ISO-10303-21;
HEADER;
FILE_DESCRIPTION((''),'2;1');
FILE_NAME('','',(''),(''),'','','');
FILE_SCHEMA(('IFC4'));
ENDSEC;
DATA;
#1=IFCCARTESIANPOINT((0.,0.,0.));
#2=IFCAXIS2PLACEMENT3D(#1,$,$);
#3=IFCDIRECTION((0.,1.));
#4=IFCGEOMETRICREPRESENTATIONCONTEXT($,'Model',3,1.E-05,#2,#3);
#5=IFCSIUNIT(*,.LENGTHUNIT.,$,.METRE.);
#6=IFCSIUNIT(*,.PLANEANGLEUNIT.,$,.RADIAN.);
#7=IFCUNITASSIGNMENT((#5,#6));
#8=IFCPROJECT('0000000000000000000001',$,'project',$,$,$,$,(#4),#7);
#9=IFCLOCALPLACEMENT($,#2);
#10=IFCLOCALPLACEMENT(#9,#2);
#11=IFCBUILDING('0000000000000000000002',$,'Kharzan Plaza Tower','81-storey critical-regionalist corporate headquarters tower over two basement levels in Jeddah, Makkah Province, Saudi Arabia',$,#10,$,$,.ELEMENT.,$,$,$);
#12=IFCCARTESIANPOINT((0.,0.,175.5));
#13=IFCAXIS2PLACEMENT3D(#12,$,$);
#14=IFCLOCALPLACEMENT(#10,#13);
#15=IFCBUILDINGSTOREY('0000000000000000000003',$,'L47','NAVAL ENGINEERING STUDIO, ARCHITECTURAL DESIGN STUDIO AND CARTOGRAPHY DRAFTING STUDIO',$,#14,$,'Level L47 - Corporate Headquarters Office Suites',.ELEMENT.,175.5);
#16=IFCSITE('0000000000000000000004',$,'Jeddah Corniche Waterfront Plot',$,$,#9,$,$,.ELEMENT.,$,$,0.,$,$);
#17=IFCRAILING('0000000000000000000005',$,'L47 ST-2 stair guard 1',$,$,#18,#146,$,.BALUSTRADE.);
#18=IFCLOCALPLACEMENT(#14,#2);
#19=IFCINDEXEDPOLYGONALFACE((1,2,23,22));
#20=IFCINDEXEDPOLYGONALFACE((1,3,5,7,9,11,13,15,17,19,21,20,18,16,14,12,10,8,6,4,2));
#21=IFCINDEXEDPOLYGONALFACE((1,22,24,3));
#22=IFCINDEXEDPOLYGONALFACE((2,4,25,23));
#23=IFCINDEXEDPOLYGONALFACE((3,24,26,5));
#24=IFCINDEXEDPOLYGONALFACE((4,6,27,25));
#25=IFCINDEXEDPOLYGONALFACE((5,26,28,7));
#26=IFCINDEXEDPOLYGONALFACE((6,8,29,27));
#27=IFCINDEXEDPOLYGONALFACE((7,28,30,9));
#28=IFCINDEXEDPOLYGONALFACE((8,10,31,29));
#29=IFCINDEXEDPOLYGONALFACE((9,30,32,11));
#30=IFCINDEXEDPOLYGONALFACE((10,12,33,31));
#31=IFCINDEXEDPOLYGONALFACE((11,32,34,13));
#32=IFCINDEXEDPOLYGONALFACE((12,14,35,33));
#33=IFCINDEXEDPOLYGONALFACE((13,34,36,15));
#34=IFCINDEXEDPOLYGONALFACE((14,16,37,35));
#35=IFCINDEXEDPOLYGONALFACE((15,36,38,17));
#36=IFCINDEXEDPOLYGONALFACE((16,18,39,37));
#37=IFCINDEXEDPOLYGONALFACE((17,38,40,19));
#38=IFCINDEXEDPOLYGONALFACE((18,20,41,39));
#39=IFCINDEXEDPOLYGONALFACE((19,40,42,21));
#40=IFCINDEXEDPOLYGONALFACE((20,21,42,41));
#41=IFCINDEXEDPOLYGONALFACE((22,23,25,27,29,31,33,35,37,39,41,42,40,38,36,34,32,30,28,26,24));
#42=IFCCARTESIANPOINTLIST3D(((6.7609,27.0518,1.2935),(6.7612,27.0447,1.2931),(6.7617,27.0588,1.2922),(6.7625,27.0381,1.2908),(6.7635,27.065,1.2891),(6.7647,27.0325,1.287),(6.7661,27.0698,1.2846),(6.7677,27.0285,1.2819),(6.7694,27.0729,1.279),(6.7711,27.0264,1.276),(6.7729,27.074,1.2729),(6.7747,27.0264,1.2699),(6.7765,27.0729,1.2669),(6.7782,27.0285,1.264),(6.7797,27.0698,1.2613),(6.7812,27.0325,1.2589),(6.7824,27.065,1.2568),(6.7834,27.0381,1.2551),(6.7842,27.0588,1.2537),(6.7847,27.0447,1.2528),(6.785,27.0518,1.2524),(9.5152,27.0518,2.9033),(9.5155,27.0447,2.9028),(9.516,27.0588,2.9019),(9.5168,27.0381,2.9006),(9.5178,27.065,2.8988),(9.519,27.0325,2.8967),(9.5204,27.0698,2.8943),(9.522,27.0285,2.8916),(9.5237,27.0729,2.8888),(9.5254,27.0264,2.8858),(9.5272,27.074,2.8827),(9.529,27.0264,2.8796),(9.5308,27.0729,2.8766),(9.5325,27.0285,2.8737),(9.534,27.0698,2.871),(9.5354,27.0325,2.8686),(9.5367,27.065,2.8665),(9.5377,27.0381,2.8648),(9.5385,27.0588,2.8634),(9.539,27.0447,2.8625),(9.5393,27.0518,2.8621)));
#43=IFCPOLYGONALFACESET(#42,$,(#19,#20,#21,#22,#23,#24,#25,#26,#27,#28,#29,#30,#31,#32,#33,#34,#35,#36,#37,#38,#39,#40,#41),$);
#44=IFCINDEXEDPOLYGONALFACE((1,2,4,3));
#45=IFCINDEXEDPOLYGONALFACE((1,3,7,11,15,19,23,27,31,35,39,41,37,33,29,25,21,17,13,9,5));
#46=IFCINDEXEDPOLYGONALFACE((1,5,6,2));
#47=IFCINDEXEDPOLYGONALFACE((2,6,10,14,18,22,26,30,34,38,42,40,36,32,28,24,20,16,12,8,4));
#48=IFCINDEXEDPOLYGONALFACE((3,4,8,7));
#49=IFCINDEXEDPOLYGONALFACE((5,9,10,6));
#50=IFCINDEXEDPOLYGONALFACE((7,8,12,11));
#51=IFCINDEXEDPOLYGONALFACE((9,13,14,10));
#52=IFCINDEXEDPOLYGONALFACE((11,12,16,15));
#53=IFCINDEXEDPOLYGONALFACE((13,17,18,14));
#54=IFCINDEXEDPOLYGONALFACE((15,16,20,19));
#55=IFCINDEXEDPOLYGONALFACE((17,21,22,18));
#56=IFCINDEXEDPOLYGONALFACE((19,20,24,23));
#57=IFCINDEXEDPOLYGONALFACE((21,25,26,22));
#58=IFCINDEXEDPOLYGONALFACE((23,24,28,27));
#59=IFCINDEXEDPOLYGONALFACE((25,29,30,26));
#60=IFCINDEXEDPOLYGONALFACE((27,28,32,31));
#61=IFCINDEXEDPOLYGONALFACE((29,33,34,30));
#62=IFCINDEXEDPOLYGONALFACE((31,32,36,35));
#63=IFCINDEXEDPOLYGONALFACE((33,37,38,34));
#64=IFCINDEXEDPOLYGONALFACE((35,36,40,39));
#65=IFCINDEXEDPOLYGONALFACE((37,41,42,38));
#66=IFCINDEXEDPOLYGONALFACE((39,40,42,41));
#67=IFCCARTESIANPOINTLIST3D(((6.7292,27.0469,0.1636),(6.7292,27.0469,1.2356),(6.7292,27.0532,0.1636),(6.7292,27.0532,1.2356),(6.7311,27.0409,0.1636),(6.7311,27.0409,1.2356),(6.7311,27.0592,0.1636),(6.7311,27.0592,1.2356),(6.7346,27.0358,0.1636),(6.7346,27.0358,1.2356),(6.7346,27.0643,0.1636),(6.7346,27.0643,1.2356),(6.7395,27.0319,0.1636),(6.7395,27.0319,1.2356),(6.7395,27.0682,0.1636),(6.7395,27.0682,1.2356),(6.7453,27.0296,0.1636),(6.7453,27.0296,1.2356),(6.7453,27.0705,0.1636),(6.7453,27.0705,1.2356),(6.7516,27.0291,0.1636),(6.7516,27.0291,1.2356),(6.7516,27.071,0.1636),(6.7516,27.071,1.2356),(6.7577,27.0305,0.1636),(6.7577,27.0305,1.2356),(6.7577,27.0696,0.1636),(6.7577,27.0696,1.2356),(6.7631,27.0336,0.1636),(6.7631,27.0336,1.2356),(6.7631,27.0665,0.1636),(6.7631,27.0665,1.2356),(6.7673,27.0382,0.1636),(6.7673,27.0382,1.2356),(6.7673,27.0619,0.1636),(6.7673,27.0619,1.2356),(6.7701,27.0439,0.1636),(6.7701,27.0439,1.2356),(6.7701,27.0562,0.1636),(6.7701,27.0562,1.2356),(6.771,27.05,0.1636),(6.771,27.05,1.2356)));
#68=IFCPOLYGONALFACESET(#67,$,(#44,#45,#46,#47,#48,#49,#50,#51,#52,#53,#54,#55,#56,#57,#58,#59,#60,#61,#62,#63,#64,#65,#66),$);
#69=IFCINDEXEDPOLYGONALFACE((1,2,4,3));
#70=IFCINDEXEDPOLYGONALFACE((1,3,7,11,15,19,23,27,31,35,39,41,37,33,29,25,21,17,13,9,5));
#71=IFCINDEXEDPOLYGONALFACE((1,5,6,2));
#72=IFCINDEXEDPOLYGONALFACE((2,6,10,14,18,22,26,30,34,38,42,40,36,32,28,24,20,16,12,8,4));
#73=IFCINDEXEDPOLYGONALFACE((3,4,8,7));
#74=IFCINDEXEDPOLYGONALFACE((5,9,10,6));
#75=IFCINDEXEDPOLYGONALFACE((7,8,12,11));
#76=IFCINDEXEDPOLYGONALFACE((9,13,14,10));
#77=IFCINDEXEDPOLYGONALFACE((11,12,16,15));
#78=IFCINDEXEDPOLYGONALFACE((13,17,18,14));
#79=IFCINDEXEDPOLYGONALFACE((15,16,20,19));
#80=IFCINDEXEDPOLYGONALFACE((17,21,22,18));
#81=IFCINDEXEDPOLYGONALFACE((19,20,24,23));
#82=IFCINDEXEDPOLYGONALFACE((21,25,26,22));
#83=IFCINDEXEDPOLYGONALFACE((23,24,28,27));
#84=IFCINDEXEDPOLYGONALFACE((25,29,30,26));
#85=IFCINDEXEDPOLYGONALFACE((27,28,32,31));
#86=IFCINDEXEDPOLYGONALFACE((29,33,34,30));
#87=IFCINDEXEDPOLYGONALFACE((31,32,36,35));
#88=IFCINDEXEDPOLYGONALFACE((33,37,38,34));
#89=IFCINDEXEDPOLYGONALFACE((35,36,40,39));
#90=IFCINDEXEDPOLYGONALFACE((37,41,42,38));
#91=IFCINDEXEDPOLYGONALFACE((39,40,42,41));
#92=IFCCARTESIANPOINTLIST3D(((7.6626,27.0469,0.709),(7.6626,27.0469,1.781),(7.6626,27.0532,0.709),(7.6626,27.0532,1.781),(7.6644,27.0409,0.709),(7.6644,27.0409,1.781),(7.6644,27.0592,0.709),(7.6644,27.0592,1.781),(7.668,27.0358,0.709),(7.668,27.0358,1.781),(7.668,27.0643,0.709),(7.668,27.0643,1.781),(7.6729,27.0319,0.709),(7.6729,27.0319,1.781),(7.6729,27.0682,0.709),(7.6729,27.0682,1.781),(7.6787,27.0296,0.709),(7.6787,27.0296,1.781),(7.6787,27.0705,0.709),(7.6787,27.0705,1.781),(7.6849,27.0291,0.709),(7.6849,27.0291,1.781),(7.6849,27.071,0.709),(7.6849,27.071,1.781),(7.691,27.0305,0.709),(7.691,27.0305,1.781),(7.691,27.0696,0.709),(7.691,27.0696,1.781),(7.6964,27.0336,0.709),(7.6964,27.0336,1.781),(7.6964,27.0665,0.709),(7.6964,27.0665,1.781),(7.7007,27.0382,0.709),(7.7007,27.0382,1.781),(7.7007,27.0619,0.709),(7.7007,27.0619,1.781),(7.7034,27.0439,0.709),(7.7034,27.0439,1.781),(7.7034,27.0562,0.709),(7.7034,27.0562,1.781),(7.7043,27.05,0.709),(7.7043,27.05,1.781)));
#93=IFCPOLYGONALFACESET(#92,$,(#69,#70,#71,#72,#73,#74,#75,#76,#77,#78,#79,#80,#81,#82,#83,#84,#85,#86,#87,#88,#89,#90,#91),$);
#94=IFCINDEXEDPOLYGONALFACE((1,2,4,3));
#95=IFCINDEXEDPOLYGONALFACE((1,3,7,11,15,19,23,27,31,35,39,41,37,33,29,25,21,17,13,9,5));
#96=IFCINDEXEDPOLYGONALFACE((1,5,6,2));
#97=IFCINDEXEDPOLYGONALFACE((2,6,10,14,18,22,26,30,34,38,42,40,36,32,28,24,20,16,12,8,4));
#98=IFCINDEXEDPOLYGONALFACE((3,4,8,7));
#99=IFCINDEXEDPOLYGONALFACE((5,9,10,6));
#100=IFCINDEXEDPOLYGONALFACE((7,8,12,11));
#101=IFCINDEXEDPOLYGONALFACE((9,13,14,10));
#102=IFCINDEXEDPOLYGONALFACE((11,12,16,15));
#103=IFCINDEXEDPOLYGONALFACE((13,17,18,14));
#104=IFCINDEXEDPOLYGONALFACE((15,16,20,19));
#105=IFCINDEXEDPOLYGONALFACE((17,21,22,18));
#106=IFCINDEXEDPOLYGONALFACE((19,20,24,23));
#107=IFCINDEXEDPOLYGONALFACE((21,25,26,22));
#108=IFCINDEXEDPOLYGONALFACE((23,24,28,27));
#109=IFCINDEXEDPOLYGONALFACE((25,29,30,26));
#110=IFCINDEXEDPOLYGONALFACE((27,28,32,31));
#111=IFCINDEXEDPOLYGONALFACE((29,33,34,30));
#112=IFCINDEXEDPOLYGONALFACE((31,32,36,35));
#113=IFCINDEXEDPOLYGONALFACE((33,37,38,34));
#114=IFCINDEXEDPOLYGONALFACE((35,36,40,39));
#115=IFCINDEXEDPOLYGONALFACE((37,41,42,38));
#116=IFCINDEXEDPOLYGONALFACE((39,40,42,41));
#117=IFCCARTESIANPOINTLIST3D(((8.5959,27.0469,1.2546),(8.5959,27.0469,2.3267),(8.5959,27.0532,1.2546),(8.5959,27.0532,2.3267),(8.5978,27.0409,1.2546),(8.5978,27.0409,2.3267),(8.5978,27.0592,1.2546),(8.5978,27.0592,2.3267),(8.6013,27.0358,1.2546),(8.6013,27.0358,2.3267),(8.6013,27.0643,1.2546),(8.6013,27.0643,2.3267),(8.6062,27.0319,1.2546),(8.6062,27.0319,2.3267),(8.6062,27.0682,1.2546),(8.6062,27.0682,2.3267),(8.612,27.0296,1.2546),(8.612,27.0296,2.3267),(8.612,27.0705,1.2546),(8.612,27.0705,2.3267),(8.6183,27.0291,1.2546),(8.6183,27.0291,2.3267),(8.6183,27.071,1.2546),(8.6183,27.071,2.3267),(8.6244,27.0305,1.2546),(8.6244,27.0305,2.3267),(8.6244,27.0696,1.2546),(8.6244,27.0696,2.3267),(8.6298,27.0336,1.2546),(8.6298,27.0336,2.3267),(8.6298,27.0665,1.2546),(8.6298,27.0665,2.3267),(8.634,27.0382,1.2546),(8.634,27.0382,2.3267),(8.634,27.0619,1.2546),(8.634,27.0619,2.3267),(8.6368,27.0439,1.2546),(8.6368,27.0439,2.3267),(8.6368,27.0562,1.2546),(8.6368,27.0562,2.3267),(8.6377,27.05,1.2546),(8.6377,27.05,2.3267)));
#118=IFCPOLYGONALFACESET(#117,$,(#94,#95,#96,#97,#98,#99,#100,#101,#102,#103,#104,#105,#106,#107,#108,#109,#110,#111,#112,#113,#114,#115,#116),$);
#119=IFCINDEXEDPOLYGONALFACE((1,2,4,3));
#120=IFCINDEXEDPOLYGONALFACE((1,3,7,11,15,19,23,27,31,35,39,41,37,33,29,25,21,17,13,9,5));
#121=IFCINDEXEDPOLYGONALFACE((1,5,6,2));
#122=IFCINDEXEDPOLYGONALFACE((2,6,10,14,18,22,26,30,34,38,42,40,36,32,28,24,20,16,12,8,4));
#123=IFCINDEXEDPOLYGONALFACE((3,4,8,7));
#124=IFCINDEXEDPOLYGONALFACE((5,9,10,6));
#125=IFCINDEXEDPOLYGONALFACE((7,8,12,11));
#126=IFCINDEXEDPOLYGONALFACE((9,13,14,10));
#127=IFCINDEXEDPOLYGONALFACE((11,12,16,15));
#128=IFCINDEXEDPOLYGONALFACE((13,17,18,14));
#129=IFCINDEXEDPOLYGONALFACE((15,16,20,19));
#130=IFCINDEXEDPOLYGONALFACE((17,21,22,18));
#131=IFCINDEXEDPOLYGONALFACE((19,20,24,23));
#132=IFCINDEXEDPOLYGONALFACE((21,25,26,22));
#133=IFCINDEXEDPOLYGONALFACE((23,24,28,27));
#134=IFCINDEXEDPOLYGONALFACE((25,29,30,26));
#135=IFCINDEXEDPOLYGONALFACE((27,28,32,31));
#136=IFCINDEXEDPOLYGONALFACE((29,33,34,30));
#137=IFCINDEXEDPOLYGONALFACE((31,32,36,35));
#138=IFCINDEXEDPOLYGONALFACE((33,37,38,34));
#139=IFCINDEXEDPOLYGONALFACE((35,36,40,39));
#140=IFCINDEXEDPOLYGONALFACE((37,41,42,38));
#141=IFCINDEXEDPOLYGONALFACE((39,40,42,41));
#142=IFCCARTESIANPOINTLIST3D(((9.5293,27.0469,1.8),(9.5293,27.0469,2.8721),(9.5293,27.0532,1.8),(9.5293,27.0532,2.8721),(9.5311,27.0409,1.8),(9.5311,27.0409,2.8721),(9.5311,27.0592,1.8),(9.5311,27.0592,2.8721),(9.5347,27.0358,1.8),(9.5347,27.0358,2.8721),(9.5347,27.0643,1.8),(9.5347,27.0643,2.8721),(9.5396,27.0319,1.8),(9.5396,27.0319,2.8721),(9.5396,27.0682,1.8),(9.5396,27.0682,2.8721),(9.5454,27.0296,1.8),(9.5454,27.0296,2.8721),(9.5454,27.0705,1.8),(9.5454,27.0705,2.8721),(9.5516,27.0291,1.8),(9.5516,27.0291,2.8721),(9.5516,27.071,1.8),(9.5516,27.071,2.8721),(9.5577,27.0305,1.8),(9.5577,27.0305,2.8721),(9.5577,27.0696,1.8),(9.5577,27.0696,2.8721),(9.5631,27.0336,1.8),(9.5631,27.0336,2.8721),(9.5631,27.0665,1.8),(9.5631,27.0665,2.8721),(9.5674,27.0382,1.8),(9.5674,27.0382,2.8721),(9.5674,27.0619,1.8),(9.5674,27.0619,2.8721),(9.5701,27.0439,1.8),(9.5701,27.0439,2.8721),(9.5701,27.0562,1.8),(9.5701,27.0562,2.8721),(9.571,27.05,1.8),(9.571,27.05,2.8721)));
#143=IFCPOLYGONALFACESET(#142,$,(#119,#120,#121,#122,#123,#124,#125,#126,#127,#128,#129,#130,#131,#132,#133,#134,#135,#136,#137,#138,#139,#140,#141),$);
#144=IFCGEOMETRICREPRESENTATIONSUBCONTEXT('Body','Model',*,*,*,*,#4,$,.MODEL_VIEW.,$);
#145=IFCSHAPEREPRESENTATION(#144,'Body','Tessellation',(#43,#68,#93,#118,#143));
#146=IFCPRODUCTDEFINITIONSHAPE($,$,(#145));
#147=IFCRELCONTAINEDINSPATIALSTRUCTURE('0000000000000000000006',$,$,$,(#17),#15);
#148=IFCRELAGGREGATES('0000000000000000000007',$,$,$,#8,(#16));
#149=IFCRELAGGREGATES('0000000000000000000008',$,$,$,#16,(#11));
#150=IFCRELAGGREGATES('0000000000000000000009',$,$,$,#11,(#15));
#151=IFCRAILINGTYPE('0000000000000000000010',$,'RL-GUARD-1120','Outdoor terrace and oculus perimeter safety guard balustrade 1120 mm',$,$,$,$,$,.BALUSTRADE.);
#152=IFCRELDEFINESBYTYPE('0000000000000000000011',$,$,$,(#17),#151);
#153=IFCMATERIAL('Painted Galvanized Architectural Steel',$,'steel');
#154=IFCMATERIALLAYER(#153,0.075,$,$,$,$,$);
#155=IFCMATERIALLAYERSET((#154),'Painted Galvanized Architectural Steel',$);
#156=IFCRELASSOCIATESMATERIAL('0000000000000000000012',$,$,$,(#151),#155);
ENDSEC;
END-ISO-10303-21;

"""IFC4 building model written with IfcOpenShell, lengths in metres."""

from ifc_helpers import new_model, si_unit, direction, frame, origin, origin_2d, place, context, subcontext, project, spatial, circle, extrude, source, transform, mapped, material, layer, layer_set, type_object, element, save


model = new_model("IFC4")

# Units and contexts
model_context = context("Model", 3, precision=1e-05, world=origin(), true_north=direction((0.0, 1.0)))
body_context = subcontext(model_context, "Body", "Model", "MODEL_VIEW")
ifc_project = project(units=[si_unit("LENGTHUNIT", "METRE"), si_unit("PLANEANGLEUNIT", "RADIAN")], contexts=[model_context])

# Site, building, storey
site_placement = place(None, origin())
site = spatial("IfcSite", under=ifc_project, at=site_placement, Name="Jeddah Corniche Waterfront Plot", CompositionType="ELEMENT", RefElevation=0.0)
building_placement = place(site_placement, origin())
building = spatial("IfcBuilding", under=site, at=building_placement, Name="Kharzan Plaza Tower", Description="81-storey critical-regionalist corporate headquarters tower over two basement levels in Jeddah, Makkah Province, Saudi Arabia", CompositionType="ELEMENT")
storey_placement = place(building_placement, frame((0.0, 0.0, 175.5)))
storey = spatial("IfcBuildingStorey", under=building, at=storey_placement, Name="L47", Description="NAVAL ENGINEERING STUDIO, ARCHITECTURAL DESIGN STUDIO AND CARTOGRAPHY DRAFTING STUDIO", LongName="Level L47 - Corporate Headquarters Office Suites", CompositionType="ELEMENT", Elevation=175.5)

# Railing
ifc_material_1 = material(Name="Painted Galvanized Architectural Steel", Category="steel")
ifc_layer_1 = layer(ifc_material_1, 0.075)
ifc_layer_set_1 = layer_set([ifc_layer_1], Name="Painted Galvanized Architectural Steel")
railing_type_1 = type_object("IfcRailingType", Name="RL-GUARD-1120", Description="Outdoor terrace and oculus perimeter safety guard balustrade 1120 mm", PredefinedType="BALUSTRADE", material=ifc_layer_set_1)
shared_shape_1 = source(origin(), body_context, "Body", "SweptSolid", [
    extrude(circle(Radius=0.0239, at=origin_2d()), frame((0.0229, 0.0, 1.1094), z_axis=(0.863361, 0.0, 0.504587), x_axis=(0.0, 1.0, 0.0)), (0.0, 0.0, 1.0), 3.1902),
    extrude(circle(Radius=0.021, at=origin_2d()), origin(), (0.0, 0.0, 1.0), 1.072),
    extrude(circle(Radius=0.021, at=origin_2d()), frame((0.9333, 0.0, 0.5454)), (0.0, 0.0, 1.0), 1.072),
    extrude(circle(Radius=0.021, at=origin_2d()), frame((1.8667, 0.0, 1.0911)), (0.0, 0.0, 1.0), 1.072),
    extrude(circle(Radius=0.021, at=origin_2d()), frame((2.8, 0.0, 1.6365)), (0.0, 0.0, 1.0), 1.072),
])
railing_1_placement = place(storey_placement, frame((6.75, 27.05, 0.1636)))
element("IfcRailing", 1, at=railing_1_placement, inside=storey, type_object=railing_type_1, Name="L47 ST-2 stair guard 1", PredefinedType="BALUSTRADE", context=body_context, shape_type="MappedRepresentation", body=[
    mapped(shared_shape_1, transform((0.0, 0.0, 0.0), x_axis=(1.0, 0.0, 0.0), y_axis=(0.0, 1.0, 0.0), z_axis=(0.0, 0.0, 1.0))),
])

save(model, "model.ifc")
